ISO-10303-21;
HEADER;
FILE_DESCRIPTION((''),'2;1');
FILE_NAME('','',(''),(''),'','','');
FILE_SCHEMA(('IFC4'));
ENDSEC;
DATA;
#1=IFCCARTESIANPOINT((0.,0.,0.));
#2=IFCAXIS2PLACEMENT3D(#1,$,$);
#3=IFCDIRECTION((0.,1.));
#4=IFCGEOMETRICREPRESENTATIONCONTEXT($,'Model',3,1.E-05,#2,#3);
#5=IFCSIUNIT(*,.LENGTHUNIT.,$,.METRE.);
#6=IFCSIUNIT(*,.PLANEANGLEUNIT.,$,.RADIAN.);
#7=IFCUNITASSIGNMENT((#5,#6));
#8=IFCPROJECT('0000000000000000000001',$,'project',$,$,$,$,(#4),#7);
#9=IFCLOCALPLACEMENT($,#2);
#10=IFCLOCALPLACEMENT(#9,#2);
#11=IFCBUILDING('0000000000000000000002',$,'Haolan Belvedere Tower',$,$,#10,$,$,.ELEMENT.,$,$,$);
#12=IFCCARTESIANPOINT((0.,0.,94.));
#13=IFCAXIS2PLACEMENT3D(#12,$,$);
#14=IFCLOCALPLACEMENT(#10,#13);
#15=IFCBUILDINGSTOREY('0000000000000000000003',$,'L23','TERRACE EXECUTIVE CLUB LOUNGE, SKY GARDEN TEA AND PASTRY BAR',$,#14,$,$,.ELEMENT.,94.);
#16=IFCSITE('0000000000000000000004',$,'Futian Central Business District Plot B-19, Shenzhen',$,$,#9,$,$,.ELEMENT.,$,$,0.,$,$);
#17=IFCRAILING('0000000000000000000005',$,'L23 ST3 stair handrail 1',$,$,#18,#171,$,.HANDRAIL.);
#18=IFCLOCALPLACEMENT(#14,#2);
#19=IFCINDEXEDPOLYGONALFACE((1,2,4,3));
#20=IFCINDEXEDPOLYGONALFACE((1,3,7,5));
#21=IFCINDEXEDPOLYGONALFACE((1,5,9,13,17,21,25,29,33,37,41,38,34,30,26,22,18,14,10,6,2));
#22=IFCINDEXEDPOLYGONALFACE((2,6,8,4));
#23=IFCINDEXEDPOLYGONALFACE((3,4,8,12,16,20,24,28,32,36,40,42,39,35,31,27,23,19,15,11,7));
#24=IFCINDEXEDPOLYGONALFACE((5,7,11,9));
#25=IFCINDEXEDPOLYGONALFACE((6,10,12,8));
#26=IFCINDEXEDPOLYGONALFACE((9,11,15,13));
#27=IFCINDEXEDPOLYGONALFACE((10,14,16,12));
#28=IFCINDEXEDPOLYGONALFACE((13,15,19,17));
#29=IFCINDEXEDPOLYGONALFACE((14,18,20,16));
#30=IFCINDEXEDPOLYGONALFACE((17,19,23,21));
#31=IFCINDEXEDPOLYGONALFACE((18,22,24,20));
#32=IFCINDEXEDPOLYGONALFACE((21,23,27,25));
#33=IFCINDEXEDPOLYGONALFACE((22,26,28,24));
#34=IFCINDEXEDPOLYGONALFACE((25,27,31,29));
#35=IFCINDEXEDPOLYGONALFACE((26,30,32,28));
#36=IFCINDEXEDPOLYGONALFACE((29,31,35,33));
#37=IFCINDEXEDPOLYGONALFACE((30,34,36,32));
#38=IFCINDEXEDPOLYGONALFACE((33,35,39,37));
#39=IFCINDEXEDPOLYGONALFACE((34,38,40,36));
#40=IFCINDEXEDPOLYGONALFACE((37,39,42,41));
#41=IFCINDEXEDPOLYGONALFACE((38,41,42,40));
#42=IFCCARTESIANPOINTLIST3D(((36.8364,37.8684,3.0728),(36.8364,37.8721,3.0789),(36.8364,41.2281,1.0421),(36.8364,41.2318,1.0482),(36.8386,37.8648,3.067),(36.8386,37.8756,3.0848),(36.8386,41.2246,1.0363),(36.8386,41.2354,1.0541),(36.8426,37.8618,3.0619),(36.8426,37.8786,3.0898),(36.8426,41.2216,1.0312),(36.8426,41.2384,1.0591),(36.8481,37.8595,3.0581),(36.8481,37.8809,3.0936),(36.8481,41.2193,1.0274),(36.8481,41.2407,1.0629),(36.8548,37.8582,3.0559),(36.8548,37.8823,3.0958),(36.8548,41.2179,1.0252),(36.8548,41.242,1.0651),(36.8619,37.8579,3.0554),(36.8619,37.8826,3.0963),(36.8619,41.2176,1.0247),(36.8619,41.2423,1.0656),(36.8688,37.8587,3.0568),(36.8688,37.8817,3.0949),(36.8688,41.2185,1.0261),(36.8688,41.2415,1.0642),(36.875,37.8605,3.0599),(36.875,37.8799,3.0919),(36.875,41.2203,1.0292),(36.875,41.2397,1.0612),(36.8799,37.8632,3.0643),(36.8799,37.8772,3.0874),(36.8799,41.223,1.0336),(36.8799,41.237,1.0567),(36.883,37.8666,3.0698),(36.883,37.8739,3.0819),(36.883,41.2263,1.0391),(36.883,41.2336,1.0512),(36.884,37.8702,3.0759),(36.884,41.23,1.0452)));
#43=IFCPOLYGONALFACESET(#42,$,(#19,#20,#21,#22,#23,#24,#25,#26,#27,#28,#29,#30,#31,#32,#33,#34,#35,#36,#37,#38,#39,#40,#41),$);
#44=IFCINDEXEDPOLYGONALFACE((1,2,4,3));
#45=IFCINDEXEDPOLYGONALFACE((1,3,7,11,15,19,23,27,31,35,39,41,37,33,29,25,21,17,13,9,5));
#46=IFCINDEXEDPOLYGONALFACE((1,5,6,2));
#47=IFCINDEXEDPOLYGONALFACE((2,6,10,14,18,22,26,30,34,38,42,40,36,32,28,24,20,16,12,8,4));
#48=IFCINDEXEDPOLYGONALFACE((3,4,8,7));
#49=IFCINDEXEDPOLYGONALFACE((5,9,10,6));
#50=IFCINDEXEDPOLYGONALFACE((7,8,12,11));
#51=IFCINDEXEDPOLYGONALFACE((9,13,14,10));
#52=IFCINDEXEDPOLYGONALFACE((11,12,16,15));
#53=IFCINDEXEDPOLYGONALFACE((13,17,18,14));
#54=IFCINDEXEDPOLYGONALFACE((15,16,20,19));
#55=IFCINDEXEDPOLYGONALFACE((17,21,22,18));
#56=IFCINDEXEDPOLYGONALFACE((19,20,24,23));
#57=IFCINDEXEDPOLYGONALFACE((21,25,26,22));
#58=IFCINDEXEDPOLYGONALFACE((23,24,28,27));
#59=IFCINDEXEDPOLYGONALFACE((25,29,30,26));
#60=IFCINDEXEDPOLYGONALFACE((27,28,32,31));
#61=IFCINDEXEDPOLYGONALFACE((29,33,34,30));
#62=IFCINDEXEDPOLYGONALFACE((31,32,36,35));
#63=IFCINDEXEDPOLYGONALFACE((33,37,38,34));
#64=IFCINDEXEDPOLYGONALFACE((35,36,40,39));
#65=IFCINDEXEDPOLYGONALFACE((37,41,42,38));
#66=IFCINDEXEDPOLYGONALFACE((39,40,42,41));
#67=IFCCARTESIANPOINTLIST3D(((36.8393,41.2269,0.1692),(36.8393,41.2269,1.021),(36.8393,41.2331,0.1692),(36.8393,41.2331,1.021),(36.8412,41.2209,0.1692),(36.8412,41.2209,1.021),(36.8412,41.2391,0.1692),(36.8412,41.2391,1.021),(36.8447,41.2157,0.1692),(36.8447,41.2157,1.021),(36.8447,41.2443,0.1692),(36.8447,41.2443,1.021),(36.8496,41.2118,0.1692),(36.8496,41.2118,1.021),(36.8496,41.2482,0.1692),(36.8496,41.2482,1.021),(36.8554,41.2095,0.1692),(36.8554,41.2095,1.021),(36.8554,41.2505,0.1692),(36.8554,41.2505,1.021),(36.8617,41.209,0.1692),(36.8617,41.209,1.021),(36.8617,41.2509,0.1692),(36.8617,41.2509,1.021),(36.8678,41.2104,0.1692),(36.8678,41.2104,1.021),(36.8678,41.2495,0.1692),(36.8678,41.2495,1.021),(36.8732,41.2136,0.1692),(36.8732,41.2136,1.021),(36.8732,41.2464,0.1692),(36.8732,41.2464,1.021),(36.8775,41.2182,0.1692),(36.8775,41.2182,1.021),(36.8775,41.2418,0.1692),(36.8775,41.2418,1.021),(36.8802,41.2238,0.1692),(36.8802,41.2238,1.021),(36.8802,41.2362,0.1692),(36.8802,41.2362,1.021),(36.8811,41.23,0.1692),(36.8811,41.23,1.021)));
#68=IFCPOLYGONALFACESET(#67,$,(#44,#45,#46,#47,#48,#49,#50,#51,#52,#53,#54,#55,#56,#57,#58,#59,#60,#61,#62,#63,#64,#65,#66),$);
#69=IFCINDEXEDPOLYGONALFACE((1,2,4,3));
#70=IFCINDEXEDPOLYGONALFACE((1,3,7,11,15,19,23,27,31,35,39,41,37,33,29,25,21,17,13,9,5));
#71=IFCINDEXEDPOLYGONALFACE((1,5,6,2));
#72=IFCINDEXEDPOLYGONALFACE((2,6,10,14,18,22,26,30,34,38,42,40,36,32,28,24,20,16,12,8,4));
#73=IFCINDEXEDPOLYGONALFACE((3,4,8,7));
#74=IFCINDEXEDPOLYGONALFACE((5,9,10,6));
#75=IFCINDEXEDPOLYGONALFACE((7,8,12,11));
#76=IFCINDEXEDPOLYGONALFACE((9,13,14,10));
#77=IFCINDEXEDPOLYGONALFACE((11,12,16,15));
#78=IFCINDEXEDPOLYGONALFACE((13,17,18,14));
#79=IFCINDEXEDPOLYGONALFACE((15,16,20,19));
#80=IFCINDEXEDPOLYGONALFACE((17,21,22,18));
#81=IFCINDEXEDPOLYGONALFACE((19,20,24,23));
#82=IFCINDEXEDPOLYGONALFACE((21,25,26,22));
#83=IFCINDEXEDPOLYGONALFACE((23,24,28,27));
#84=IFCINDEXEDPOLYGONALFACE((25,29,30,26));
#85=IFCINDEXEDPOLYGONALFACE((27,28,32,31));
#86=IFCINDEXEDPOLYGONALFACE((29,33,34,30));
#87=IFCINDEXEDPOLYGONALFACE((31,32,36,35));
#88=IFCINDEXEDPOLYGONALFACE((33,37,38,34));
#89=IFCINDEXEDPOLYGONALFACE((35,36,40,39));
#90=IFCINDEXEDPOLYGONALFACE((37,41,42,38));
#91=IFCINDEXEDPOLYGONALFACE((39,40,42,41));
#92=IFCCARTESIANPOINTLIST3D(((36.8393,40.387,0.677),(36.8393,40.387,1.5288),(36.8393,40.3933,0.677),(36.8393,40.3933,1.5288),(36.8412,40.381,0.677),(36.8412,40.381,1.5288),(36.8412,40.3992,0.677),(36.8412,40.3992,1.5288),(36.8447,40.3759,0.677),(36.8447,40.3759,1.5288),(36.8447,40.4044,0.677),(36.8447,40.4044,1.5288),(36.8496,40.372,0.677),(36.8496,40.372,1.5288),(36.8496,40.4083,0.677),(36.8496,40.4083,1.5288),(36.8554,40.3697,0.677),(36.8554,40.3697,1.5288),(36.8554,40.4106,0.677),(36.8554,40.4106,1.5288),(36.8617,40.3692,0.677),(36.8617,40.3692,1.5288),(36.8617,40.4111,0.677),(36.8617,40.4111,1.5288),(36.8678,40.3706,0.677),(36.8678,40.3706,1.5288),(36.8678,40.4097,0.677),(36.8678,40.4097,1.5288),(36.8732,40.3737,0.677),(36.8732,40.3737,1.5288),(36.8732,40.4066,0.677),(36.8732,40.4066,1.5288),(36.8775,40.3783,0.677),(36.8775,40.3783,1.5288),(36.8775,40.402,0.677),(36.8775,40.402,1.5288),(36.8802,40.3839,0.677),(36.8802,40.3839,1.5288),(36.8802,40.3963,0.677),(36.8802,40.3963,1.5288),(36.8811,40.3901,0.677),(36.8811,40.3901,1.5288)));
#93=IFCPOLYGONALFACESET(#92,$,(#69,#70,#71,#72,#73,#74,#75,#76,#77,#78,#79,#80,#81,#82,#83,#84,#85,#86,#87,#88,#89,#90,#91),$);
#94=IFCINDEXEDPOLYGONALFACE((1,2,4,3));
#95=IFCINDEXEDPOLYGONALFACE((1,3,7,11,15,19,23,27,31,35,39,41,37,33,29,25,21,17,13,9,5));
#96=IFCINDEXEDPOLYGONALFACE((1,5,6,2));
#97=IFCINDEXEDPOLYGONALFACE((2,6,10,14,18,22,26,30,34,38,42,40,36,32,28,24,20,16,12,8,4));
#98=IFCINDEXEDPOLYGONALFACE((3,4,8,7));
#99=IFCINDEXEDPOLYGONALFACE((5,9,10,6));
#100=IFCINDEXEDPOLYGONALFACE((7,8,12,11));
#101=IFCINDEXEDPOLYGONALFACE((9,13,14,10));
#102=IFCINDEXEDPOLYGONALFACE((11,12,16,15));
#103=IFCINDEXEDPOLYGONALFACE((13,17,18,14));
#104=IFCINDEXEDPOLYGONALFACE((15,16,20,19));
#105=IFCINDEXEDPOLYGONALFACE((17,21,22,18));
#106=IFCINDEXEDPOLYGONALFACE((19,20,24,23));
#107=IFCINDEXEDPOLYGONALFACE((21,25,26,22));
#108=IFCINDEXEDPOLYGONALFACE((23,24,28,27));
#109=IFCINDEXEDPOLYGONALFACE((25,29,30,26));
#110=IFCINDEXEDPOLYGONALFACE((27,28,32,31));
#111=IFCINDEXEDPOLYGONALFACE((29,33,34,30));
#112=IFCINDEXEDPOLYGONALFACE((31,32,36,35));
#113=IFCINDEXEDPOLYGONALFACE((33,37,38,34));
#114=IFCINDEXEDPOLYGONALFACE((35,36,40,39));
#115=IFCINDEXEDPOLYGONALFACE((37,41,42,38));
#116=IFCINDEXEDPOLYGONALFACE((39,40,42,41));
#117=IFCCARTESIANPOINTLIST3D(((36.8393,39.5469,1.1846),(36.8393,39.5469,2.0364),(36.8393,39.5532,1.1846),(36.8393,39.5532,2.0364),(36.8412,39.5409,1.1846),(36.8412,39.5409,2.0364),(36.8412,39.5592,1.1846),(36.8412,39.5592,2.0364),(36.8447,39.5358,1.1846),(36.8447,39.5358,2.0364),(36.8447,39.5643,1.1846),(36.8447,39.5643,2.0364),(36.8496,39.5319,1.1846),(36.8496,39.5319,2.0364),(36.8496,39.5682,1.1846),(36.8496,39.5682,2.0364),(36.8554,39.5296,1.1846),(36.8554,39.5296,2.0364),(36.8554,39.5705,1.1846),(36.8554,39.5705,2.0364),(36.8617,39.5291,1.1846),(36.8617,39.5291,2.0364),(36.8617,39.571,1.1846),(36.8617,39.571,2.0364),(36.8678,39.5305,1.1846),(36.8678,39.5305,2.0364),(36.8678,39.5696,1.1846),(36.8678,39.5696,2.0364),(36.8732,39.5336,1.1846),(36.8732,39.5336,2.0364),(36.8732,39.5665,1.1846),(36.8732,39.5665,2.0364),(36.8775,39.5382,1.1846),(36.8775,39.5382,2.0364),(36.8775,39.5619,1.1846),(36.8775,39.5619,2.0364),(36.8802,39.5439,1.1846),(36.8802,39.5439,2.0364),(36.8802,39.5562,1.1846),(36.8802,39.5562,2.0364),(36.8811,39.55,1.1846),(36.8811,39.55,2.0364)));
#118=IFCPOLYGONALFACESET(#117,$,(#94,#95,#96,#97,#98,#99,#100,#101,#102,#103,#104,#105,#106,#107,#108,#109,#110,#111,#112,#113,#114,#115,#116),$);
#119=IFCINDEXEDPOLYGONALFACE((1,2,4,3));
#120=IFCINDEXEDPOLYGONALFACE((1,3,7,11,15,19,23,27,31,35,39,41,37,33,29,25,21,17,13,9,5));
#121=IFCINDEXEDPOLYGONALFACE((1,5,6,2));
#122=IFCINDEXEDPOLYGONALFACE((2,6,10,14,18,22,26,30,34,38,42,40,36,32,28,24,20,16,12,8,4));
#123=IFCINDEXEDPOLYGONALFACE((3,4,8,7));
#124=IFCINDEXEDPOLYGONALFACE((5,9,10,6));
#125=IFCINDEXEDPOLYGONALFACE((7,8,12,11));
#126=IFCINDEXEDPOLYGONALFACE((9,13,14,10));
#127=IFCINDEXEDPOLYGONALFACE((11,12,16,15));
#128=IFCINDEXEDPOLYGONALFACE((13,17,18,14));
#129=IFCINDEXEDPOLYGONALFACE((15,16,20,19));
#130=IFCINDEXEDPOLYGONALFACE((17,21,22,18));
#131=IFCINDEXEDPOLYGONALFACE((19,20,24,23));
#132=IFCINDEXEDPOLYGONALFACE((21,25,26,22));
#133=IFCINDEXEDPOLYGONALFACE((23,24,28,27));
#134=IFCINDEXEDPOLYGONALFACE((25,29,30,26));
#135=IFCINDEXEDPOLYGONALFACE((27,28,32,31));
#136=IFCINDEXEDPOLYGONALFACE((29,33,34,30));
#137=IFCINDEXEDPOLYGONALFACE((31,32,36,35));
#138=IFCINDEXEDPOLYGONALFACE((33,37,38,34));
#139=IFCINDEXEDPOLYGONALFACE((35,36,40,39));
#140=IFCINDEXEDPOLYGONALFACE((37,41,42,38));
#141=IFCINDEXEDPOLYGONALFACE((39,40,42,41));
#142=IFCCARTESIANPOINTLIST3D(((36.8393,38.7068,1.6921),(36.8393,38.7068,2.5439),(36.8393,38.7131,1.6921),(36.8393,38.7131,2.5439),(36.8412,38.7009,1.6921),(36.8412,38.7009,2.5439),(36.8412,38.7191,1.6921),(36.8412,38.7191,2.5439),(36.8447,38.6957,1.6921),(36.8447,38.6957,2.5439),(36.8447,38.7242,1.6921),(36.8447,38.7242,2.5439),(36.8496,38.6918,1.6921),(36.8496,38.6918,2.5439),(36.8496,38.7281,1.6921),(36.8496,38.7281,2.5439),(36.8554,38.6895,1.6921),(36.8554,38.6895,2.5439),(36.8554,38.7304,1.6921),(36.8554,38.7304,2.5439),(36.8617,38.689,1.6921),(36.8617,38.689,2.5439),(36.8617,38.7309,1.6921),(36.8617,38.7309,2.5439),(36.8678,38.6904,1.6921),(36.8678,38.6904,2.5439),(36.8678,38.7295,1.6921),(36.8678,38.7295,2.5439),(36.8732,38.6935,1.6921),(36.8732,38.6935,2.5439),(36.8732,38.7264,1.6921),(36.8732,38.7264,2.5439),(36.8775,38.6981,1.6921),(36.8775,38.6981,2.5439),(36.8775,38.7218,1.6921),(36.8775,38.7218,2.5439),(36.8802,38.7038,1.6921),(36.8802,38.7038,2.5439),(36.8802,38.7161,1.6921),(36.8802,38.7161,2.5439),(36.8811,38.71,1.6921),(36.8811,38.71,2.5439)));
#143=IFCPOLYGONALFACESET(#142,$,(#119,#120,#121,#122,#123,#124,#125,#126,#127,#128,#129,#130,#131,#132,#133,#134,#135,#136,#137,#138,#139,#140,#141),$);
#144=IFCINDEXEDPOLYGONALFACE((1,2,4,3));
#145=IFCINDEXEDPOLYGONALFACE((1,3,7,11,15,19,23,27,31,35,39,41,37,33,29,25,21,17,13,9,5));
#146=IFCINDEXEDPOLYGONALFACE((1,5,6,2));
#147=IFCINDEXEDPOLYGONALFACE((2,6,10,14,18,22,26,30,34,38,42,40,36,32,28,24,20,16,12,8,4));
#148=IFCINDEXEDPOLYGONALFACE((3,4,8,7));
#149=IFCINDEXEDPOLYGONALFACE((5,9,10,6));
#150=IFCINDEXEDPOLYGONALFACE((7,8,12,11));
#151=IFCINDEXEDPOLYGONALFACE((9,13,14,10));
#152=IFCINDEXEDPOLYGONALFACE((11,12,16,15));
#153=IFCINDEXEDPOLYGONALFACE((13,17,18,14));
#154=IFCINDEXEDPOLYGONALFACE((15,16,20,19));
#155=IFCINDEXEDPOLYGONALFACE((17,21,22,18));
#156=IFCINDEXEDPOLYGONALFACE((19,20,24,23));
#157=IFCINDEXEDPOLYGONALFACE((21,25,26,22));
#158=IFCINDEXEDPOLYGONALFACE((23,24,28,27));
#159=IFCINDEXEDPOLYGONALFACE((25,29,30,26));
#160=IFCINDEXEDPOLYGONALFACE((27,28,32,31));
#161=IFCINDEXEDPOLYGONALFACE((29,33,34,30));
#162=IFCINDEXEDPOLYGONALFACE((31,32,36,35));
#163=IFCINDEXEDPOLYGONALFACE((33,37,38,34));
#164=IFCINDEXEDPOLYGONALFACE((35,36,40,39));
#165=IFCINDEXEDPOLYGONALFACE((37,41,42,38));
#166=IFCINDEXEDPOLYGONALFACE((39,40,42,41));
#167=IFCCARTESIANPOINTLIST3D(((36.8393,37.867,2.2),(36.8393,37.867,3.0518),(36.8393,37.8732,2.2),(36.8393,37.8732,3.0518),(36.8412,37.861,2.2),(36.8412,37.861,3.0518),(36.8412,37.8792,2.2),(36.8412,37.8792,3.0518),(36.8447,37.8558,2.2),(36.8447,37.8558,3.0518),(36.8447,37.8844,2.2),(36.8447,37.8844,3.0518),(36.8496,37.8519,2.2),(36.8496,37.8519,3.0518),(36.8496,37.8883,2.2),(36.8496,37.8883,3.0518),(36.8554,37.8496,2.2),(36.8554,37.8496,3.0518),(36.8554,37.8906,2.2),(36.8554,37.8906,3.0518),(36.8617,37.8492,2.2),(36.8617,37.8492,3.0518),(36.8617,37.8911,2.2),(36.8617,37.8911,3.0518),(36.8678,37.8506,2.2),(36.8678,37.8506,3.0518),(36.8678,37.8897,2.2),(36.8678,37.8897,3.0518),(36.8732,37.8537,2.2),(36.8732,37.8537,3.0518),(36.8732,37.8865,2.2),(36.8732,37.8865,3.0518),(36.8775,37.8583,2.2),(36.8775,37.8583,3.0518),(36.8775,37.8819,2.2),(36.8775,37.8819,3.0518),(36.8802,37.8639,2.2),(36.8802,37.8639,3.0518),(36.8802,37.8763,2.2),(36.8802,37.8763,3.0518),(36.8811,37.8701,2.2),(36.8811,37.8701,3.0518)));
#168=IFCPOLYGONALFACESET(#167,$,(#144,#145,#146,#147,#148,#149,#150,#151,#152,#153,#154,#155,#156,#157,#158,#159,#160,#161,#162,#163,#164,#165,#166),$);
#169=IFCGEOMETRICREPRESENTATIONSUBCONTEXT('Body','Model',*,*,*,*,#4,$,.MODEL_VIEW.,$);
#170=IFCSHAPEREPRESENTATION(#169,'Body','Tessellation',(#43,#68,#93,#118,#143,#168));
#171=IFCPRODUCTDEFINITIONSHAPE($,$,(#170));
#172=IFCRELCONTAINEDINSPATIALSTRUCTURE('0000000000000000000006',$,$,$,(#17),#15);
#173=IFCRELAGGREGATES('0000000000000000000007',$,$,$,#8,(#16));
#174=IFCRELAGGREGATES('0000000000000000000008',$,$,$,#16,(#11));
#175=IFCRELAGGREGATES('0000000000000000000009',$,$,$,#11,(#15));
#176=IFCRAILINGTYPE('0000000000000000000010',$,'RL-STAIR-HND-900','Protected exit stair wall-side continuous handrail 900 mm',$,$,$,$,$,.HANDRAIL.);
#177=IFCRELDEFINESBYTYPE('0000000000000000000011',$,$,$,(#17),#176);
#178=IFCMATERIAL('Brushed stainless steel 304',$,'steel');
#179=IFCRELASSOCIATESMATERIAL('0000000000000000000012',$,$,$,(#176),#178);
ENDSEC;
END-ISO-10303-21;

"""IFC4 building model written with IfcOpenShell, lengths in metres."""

from ifc_helpers import new_model, si_unit, direction, frame, origin, origin_2d, place, context, subcontext, project, spatial, circle, extrude, material, type_object, element, save


model = new_model("IFC4")

# Units and contexts
model_context = context("Model", 3, precision=1e-05, world=origin(), true_north=direction((0.0, 1.0)))
body_context = subcontext(model_context, "Body", "Model", "MODEL_VIEW")
ifc_project = project(units=[si_unit("LENGTHUNIT", "METRE"), si_unit("PLANEANGLEUNIT", "RADIAN")], contexts=[model_context])

# Site, building, storey
site_placement = place(None, origin())
site = spatial("IfcSite", under=ifc_project, at=site_placement, Name="Futian Central Business District Plot B-19, Shenzhen", CompositionType="ELEMENT", RefElevation=0.0)
building_placement = place(site_placement, origin())
building = spatial("IfcBuilding", under=site, at=building_placement, Name="Haolan Belvedere Tower", CompositionType="ELEMENT")
storey_placement = place(building_placement, frame((0.0, 0.0, 94.0)))
storey = spatial("IfcBuildingStorey", under=building, at=storey_placement, Name="L23", Description="TERRACE EXECUTIVE CLUB LOUNGE, SKY GARDEN TEA AND PASTRY BAR", CompositionType="ELEMENT", Elevation=94.0)

# Railing
ifc_material_1 = material(Name="Brushed stainless steel 304", Category="steel")
railing_type_1 = type_object("IfcRailingType", Name="RL-STAIR-HND-900", Description="Protected exit stair wall-side continuous handrail 900 mm", PredefinedType="HANDRAIL", material=ifc_material_1)
railing_1_placement = place(storey_placement, frame((36.8601, 41.23, 0.1692)))
element("IfcRailing", 1, at=railing_1_placement, inside=storey, type_object=railing_type_1, Name="L23 ST3 stair handrail 1", PredefinedType="HANDRAIL", context=body_context, shape_type="SweptSolid", body=[
    extrude(circle(Radius=0.0239, at=origin_2d()), frame((0.0, 0.0, 0.876), z_axis=(0.0, -0.85582, 0.517273), x_axis=(1.0, 0.0, 0.0)), (0.0, 0.0, 1.0), 3.9258),
    extrude(circle(Radius=0.021, at=origin_2d()), origin(), (0.0, 0.0, 1.0), 0.8518),
    extrude(circle(Radius=0.021, at=origin_2d()), frame((0.0, -0.8398, 0.5078)), (0.0, 0.0, 1.0), 0.8518),
    extrude(circle(Radius=0.021, at=origin_2d()), frame((0.0, -1.6799, 1.0154)), (0.0, 0.0, 1.0), 0.8518),
    extrude(circle(Radius=0.021, at=origin_2d()), frame((0.0, -2.52, 1.5229)), (0.0, 0.0, 1.0), 0.8518),
    extrude(circle(Radius=0.021, at=origin_2d()), frame((0.0, -3.3599, 2.0308)), (0.0, 0.0, 1.0), 0.8518),
])

save(model, "model.ifc")
